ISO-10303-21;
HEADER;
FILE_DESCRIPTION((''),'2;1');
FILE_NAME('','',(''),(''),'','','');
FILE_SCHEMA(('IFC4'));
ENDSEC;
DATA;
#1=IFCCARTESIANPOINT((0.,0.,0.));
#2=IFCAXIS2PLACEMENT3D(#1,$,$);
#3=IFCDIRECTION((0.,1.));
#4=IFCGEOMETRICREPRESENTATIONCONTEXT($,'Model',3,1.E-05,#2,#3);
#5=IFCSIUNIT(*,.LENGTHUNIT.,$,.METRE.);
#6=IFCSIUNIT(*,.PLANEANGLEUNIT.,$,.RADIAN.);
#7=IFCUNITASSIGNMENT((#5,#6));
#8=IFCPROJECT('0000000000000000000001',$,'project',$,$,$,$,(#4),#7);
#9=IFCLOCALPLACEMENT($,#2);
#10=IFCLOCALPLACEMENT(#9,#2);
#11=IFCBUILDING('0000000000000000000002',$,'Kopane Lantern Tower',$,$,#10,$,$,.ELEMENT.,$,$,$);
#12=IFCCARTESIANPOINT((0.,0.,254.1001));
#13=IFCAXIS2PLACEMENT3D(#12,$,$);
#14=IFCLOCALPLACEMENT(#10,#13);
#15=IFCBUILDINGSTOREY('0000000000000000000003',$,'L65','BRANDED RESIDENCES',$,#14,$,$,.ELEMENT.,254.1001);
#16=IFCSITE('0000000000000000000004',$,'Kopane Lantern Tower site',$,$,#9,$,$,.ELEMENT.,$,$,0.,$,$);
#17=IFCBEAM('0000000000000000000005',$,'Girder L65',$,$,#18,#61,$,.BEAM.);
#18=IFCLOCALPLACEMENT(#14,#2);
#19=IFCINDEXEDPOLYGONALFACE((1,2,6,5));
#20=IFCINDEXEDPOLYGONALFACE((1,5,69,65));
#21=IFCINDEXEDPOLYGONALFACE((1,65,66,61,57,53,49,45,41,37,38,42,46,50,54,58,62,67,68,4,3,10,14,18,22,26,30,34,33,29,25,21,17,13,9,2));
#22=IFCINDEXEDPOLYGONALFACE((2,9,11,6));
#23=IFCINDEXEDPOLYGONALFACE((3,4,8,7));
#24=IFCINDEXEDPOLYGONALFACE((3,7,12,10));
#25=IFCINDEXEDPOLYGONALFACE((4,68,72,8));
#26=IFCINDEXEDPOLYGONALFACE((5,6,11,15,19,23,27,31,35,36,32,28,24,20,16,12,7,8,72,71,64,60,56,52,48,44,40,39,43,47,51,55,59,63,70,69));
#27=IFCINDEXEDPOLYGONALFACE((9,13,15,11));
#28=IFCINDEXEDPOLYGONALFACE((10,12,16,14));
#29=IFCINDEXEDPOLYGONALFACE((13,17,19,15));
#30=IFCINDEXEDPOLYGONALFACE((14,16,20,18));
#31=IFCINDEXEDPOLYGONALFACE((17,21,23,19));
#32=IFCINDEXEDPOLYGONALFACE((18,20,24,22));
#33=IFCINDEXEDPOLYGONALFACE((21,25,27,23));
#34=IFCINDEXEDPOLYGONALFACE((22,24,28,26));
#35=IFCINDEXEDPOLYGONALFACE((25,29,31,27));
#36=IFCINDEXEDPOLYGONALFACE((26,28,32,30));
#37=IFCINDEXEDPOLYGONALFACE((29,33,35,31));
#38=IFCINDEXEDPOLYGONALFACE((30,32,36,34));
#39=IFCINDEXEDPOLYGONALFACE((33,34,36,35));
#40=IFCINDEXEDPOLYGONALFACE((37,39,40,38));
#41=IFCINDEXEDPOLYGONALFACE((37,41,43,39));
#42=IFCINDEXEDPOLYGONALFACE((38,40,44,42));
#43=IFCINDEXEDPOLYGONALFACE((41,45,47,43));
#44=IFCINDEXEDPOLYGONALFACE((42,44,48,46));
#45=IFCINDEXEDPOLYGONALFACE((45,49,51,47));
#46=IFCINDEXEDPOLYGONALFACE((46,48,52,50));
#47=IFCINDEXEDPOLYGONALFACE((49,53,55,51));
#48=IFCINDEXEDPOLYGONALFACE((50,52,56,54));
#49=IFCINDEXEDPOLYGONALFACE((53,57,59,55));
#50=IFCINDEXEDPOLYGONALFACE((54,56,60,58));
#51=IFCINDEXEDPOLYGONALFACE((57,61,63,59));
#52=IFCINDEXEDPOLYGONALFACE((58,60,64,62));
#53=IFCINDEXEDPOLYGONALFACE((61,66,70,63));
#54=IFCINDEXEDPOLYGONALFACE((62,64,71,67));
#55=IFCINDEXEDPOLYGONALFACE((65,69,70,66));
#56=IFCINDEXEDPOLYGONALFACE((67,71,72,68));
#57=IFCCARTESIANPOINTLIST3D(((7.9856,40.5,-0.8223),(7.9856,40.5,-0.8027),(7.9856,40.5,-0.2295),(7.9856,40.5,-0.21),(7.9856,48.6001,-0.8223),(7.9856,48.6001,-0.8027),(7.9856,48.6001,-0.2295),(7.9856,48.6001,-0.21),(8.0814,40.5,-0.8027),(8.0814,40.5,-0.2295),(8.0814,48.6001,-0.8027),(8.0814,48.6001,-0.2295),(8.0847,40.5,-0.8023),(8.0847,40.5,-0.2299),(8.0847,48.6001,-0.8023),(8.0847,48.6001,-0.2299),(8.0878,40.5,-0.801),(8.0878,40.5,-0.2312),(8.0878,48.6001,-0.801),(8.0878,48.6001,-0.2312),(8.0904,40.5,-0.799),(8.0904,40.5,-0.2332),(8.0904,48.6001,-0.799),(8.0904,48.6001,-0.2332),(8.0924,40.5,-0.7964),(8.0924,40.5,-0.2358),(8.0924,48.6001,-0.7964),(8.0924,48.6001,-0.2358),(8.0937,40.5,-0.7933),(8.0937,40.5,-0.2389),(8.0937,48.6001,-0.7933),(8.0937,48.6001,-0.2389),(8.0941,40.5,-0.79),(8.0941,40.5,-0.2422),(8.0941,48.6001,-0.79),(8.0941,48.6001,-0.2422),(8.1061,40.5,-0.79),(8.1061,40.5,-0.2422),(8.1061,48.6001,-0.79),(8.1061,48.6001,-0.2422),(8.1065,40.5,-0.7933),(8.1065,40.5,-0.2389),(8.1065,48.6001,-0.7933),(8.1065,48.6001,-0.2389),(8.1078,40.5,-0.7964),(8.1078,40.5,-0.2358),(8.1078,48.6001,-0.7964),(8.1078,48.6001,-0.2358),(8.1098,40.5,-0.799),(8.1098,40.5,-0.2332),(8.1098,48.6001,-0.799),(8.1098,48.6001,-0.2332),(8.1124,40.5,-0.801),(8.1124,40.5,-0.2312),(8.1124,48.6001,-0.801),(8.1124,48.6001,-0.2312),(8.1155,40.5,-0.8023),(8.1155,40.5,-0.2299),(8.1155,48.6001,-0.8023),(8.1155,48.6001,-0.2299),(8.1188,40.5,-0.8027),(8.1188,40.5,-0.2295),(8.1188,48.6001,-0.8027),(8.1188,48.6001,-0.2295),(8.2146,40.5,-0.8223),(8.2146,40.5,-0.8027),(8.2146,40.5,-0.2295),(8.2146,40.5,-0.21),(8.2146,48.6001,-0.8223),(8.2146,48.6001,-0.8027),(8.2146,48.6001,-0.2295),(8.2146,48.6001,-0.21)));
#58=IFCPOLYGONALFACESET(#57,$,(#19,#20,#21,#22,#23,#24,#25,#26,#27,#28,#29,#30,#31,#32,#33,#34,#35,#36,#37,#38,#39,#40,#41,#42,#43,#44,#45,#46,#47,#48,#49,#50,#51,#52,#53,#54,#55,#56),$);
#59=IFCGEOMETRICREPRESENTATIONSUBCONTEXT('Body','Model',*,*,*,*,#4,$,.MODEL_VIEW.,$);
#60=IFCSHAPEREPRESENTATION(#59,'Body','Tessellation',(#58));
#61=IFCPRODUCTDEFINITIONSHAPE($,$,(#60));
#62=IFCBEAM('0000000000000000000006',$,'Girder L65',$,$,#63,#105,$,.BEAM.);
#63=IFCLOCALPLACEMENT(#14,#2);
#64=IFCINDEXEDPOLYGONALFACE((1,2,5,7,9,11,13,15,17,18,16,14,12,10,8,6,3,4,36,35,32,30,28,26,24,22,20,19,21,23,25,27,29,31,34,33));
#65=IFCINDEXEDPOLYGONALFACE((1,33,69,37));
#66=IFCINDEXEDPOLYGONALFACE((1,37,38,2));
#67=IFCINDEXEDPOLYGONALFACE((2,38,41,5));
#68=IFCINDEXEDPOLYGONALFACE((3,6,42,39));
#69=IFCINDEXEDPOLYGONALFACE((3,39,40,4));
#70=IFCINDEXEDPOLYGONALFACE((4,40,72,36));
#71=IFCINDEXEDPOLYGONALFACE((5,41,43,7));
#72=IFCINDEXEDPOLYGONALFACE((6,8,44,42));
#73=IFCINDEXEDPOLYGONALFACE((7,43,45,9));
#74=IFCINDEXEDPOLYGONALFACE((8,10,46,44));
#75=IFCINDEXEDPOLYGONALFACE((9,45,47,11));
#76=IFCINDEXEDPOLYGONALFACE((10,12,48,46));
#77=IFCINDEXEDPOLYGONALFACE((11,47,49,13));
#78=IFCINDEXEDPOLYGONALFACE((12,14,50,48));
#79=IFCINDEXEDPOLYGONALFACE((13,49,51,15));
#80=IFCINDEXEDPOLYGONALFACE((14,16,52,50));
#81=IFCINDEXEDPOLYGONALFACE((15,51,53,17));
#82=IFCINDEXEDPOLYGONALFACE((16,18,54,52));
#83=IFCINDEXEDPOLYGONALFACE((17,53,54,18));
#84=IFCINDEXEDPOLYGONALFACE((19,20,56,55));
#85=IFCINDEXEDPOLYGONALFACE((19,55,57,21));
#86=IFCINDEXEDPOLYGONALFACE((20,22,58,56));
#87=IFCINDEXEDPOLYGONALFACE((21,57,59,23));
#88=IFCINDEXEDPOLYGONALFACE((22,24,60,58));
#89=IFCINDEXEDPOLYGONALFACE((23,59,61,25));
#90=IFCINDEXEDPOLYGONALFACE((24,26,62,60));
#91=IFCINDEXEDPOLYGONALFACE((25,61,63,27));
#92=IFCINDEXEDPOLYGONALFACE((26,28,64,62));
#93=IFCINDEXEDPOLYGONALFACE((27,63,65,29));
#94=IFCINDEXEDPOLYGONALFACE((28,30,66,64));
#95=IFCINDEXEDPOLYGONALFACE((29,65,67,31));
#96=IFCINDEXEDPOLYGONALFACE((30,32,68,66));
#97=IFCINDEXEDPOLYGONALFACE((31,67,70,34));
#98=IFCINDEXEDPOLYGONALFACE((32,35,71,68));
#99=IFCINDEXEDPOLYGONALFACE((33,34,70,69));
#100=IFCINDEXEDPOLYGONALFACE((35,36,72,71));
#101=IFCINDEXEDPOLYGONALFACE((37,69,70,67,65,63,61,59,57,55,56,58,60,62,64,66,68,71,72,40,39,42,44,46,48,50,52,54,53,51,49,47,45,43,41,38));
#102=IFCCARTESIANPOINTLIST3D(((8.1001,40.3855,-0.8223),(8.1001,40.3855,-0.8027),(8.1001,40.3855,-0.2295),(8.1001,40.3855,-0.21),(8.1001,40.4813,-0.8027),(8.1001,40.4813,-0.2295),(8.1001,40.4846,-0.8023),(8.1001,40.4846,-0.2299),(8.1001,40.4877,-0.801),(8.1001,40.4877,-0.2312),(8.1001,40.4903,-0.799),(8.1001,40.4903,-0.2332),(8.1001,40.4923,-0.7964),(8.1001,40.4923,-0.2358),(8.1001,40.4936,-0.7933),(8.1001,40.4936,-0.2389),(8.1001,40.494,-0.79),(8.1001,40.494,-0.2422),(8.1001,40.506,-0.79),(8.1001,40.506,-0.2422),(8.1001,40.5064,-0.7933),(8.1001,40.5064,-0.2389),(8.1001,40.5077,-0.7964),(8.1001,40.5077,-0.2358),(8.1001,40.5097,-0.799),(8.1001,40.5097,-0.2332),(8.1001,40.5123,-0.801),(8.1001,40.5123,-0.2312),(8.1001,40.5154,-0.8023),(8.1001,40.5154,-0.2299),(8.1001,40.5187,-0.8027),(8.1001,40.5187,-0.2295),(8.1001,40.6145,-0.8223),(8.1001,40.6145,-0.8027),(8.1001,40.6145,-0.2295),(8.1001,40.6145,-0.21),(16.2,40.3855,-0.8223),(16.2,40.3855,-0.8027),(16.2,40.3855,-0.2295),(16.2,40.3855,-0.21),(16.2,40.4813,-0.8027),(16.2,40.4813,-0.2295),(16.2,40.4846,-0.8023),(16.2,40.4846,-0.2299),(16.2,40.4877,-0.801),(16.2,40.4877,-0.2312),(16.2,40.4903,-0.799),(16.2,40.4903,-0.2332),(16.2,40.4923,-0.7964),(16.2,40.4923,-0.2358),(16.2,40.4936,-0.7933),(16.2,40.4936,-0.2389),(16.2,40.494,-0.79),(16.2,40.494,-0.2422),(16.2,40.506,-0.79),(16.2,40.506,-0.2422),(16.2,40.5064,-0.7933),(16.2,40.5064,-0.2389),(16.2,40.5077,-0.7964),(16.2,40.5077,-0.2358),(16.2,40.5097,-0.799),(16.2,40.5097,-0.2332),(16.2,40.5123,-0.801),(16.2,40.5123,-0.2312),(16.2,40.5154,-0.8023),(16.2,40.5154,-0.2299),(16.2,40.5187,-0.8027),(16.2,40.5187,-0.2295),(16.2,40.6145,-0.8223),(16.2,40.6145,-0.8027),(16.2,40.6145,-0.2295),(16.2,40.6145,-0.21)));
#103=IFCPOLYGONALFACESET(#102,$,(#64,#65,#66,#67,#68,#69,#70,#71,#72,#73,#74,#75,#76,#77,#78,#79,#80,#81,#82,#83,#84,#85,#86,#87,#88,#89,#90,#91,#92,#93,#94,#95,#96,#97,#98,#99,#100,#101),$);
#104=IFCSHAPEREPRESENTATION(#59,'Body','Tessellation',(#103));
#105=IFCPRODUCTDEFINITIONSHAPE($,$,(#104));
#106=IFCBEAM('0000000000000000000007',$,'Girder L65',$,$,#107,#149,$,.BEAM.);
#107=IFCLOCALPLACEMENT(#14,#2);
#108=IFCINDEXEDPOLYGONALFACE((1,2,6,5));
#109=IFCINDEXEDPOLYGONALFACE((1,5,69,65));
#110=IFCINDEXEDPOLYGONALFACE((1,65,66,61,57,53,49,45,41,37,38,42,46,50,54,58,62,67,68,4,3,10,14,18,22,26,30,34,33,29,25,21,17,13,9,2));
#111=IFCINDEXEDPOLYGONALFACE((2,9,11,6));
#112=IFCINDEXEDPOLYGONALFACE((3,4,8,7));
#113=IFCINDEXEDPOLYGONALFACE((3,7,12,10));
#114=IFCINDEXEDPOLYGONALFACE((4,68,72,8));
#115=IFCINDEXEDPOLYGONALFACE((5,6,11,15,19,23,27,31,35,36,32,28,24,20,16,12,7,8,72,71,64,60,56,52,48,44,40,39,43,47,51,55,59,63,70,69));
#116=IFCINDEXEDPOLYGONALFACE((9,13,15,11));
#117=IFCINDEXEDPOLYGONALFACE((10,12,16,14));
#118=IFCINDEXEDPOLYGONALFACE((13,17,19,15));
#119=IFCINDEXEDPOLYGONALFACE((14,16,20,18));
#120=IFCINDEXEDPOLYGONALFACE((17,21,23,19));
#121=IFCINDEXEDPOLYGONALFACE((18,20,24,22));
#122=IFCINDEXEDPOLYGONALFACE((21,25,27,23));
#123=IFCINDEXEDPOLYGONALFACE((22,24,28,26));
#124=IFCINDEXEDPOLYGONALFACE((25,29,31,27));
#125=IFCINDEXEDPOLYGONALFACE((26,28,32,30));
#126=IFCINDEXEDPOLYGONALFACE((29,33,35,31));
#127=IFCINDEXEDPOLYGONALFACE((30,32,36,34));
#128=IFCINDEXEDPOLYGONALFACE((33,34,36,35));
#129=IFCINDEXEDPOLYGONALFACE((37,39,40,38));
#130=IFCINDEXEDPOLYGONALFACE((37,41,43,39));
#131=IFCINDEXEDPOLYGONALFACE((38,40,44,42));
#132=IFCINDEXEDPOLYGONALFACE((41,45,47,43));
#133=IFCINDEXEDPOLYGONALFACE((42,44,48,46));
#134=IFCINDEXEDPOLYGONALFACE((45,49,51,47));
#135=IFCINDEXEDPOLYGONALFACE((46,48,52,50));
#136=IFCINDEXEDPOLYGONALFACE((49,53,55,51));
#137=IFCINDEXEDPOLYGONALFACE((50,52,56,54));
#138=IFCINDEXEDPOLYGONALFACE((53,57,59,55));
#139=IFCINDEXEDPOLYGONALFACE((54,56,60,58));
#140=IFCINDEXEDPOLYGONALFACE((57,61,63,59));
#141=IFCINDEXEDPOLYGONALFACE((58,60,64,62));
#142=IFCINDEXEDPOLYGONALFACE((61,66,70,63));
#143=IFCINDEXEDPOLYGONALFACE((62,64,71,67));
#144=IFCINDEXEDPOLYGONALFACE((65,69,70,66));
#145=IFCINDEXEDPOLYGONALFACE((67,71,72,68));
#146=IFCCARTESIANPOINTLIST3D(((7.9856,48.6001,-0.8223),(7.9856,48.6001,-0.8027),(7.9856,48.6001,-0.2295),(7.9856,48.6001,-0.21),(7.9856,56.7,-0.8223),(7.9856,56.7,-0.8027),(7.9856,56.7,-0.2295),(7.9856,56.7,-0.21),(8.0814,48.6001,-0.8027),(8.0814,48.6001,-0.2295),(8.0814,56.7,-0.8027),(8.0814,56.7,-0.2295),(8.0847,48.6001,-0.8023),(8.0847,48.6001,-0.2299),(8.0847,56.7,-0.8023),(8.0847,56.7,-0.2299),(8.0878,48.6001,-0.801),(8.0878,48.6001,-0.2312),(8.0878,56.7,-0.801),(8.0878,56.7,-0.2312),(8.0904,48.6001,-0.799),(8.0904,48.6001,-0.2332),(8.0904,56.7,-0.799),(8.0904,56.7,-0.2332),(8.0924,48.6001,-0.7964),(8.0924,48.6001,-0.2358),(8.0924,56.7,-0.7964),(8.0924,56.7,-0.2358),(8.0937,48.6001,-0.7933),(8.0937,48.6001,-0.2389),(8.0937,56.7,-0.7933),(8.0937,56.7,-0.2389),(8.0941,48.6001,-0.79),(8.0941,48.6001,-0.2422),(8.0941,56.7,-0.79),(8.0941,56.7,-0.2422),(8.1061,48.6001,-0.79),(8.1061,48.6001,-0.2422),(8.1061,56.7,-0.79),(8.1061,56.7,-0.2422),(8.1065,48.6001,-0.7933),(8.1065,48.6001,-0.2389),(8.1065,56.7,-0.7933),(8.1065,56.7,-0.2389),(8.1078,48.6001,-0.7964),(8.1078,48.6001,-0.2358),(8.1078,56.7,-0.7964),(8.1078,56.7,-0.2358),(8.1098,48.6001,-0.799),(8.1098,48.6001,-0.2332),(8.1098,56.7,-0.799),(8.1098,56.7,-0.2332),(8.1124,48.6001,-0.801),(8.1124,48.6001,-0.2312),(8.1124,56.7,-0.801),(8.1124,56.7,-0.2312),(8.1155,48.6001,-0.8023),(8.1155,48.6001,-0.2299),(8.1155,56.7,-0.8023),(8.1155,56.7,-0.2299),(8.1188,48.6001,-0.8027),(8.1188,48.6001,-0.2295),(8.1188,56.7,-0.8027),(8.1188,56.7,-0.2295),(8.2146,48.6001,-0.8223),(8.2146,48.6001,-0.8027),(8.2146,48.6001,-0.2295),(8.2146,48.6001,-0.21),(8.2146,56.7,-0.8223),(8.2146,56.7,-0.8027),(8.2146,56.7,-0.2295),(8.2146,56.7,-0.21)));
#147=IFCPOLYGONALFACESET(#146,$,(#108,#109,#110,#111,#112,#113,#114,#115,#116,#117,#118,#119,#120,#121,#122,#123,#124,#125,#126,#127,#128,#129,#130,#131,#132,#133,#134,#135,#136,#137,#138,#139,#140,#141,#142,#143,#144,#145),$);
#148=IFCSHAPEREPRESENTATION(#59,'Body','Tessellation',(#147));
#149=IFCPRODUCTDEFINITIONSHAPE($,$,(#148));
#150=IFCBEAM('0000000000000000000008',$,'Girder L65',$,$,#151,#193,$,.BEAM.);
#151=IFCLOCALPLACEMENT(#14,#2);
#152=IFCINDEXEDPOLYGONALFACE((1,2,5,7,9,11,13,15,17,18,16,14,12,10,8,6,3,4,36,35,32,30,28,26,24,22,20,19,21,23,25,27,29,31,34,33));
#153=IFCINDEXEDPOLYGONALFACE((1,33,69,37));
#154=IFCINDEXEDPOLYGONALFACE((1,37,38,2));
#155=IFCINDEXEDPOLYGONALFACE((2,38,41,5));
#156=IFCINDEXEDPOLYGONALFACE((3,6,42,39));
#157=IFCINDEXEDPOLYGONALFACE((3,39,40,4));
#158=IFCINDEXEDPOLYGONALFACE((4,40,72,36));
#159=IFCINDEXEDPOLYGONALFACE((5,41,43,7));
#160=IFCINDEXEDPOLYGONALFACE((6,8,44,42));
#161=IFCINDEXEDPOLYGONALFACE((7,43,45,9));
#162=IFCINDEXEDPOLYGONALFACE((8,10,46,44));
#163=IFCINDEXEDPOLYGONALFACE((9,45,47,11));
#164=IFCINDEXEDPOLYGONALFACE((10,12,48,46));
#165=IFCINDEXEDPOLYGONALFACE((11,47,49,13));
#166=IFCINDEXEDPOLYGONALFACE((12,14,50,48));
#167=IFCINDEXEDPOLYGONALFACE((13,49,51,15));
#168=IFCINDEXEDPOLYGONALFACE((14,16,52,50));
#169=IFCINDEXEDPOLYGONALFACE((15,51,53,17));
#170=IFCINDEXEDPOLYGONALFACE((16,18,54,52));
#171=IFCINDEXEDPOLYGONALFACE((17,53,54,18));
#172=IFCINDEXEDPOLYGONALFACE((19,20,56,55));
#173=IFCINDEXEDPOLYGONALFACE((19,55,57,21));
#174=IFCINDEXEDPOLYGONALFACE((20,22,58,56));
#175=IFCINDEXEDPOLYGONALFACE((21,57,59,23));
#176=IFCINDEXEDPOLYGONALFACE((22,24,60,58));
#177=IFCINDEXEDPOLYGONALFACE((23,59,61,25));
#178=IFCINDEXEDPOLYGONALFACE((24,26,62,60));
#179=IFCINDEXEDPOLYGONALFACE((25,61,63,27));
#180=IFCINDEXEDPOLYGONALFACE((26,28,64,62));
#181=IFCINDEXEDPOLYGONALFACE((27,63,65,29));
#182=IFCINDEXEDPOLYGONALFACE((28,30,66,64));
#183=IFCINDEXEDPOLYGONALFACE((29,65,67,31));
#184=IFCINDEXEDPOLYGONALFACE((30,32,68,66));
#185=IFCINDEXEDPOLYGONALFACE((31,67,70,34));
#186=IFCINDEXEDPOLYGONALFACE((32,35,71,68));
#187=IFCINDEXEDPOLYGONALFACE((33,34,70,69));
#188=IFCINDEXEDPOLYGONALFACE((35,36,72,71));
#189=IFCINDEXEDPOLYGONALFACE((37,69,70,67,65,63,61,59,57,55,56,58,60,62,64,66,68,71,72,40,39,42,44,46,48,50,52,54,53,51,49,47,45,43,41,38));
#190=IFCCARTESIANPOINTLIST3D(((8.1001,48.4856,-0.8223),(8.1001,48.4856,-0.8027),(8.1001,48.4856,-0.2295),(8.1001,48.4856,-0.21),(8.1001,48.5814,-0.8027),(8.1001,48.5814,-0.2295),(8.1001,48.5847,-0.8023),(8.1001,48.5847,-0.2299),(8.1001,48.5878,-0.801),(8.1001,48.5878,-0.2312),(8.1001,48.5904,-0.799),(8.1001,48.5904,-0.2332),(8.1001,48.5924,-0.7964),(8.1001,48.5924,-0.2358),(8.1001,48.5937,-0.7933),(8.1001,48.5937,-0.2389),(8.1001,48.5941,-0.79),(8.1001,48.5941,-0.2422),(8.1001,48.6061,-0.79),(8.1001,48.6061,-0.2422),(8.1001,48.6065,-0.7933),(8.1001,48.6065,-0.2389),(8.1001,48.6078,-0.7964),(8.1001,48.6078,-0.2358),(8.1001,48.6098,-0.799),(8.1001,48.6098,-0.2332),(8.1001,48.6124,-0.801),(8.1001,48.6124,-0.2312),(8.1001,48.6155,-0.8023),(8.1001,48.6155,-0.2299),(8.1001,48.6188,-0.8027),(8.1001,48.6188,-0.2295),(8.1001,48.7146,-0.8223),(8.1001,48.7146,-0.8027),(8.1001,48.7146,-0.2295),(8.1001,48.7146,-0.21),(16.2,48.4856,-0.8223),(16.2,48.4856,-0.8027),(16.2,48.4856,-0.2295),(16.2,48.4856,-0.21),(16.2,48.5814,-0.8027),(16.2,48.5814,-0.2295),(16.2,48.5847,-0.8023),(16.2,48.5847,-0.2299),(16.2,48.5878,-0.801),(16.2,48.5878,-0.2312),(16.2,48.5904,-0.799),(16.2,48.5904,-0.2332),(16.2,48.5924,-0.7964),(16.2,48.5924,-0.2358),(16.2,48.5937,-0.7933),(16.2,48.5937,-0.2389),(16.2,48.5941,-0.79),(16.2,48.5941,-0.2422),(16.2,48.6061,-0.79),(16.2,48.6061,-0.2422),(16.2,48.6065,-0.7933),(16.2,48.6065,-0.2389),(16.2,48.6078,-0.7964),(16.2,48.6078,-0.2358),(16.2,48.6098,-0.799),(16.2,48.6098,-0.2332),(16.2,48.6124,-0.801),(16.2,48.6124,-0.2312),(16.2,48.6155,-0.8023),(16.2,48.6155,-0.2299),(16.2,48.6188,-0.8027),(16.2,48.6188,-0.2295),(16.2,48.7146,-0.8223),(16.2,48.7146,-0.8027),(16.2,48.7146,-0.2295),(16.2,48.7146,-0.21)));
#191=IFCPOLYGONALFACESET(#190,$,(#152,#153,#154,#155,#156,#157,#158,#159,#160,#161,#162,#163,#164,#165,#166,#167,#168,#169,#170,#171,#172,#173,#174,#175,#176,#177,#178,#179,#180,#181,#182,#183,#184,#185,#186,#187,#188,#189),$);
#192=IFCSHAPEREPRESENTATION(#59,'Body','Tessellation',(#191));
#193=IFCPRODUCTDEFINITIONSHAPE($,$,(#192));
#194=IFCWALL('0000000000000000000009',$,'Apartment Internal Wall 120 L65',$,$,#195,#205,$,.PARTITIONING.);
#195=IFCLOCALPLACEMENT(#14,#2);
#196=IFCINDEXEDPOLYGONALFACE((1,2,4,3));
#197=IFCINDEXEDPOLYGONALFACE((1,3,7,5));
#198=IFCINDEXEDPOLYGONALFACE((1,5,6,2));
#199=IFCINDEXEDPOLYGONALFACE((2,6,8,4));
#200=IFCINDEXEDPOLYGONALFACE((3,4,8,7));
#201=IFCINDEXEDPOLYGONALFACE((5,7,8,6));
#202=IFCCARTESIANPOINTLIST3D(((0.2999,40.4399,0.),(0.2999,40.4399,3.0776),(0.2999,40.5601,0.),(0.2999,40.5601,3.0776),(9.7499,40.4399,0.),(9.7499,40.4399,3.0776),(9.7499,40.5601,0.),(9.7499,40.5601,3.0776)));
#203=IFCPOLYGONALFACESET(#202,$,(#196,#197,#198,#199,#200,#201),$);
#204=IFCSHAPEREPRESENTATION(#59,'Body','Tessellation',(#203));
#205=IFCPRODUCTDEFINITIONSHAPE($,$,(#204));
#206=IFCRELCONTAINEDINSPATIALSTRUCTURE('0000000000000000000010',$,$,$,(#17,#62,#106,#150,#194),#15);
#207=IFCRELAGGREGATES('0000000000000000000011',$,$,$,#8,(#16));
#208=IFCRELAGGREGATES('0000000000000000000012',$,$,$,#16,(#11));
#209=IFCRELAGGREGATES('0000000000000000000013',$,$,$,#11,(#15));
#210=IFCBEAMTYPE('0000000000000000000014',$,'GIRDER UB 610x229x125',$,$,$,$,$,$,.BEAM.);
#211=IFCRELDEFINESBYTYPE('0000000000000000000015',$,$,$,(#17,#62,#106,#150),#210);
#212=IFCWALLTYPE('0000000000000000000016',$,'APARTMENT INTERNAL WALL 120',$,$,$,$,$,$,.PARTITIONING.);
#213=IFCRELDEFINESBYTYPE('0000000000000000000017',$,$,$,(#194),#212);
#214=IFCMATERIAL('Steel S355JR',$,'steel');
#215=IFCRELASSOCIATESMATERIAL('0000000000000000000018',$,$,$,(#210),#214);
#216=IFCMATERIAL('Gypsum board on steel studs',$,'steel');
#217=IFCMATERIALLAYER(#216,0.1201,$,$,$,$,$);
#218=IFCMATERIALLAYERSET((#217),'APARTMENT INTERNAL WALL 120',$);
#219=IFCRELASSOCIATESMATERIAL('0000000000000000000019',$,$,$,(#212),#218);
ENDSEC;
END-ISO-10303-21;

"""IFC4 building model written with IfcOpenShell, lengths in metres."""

from ifc_helpers import new_model, si_unit, direction, frame, frame_2d, origin, origin_2d, place, context, subcontext, project, spatial, rectangle, i_section, extrude, material, layer, layer_set, material_profile, profile_set, type_object, element, save


model = new_model("IFC4")

# Units and contexts
model_context = context("Model", 3, precision=1e-05, world=origin(), true_north=direction((0.0, 1.0)))
body_context = subcontext(model_context, "Body", "Model", "MODEL_VIEW")
ifc_project = project(units=[si_unit("LENGTHUNIT", "METRE"), si_unit("PLANEANGLEUNIT", "RADIAN")], contexts=[model_context])

# Site, building, storey
site_placement = place(None, origin())
site = spatial("IfcSite", under=ifc_project, at=site_placement, Name="Kopane Lantern Tower site", CompositionType="ELEMENT", RefElevation=0.0)
building_placement = place(site_placement, origin())
building = spatial("IfcBuilding", under=site, at=building_placement, Name="Kopane Lantern Tower", CompositionType="ELEMENT")
storey_placement = place(building_placement, frame((0.0, 0.0, 254.1001)))
storey = spatial("IfcBuildingStorey", under=building, at=storey_placement, Name="L65", Description="BRANDED RESIDENCES", CompositionType="ELEMENT", Elevation=254.1001)

# Beams
ifc_material_1 = material(Name="Steel S355JR", Category="steel")
ifc_material_profile_1 = material_profile(ifc_material_1, i_section(OverallWidth=0.229, OverallDepth=0.6123, WebThickness=0.012, FlangeThickness=0.0195, FilletRadius=0.0127, at=origin_2d()), Name="UB 610x229x125")
ifc_profile_set_1 = profile_set([ifc_material_profile_1], Name="Steel S355JR")
beam_type = type_object("IfcBeamType", Name="GIRDER UB 610x229x125", PredefinedType="BEAM", material=ifc_profile_set_1)
for number, where, z_axis, x_axis, name in (
    (1, (8.1001, 40.5, -0.5161), (0.0, 1.0, 0.0), (-1.0, 0.0, 0.0), "Girder L65"),
):
    element("IfcBeam", number, at=place(storey_placement, frame(where, z_axis=z_axis, x_axis=x_axis)), inside=storey, type_object=beam_type, Name=name, PredefinedType="BEAM", context=body_context, shape_type="SweptSolid", body=[
        extrude(i_section(OverallWidth=0.229, OverallDepth=0.6123, WebThickness=0.012, FlangeThickness=0.0195, FilletRadius=0.0127, at=origin_2d()), origin(), (0.0, 0.0, 1.0), 8.1001),
    ])
for number, where, z_axis, x_axis, name in (
    (2, (8.1001, 40.5, -0.5161), (1.0, 0.0, 0.0), (0.0, 1.0, 0.0), "Girder L65"),
    (3, (8.1001, 48.6001, -0.5161), (0.0, 1.0, 0.0), (-1.0, 0.0, 0.0), "Girder L65"),
    (4, (8.1001, 48.6001, -0.5161), (1.0, 0.0, 0.0), (0.0, 1.0, 0.0), "Girder L65"),
):
    element("IfcBeam", number, at=place(storey_placement, frame(where, z_axis=z_axis, x_axis=x_axis)), inside=storey, type_object=beam_type, Name=name, PredefinedType="BEAM", context=body_context, shape_type="SweptSolid", body=[
        extrude(i_section(OverallWidth=0.229, OverallDepth=0.6123, WebThickness=0.012, FlangeThickness=0.0195, FilletRadius=0.0127, at=origin_2d()), origin(), (0.0, 0.0, 1.0), 8.0999),
    ])

# Wall
ifc_material_2 = material(Name="Gypsum board on steel studs", Category="steel")
ifc_layer_1 = layer(ifc_material_2, 0.1201)
ifc_layer_set_1 = layer_set([ifc_layer_1], Name="APARTMENT INTERNAL WALL 120")
wall_type_1 = type_object("IfcWallType", Name="APARTMENT INTERNAL WALL 120", PredefinedType="PARTITIONING", material=ifc_layer_set_1)
wall_1_placement = place(storey_placement, frame((9.75, 40.5, 0.0), z_axis=(0.0, 0.0, 1.0), x_axis=(-1.0, 0.0, 0.0)))
element("IfcWall", 5, at=wall_1_placement, inside=storey, type_object=wall_type_1, Name="Apartment Internal Wall 120 L65", PredefinedType="PARTITIONING", context=body_context, shape_type="SweptSolid", body=[
    extrude(rectangle(XDim=9.45, YDim=0.1201, at=frame_2d((4.7251, 0.0))), origin(), (0.0, 0.0, 1.0), 3.0776),
])

save(model, "model.ifc")
